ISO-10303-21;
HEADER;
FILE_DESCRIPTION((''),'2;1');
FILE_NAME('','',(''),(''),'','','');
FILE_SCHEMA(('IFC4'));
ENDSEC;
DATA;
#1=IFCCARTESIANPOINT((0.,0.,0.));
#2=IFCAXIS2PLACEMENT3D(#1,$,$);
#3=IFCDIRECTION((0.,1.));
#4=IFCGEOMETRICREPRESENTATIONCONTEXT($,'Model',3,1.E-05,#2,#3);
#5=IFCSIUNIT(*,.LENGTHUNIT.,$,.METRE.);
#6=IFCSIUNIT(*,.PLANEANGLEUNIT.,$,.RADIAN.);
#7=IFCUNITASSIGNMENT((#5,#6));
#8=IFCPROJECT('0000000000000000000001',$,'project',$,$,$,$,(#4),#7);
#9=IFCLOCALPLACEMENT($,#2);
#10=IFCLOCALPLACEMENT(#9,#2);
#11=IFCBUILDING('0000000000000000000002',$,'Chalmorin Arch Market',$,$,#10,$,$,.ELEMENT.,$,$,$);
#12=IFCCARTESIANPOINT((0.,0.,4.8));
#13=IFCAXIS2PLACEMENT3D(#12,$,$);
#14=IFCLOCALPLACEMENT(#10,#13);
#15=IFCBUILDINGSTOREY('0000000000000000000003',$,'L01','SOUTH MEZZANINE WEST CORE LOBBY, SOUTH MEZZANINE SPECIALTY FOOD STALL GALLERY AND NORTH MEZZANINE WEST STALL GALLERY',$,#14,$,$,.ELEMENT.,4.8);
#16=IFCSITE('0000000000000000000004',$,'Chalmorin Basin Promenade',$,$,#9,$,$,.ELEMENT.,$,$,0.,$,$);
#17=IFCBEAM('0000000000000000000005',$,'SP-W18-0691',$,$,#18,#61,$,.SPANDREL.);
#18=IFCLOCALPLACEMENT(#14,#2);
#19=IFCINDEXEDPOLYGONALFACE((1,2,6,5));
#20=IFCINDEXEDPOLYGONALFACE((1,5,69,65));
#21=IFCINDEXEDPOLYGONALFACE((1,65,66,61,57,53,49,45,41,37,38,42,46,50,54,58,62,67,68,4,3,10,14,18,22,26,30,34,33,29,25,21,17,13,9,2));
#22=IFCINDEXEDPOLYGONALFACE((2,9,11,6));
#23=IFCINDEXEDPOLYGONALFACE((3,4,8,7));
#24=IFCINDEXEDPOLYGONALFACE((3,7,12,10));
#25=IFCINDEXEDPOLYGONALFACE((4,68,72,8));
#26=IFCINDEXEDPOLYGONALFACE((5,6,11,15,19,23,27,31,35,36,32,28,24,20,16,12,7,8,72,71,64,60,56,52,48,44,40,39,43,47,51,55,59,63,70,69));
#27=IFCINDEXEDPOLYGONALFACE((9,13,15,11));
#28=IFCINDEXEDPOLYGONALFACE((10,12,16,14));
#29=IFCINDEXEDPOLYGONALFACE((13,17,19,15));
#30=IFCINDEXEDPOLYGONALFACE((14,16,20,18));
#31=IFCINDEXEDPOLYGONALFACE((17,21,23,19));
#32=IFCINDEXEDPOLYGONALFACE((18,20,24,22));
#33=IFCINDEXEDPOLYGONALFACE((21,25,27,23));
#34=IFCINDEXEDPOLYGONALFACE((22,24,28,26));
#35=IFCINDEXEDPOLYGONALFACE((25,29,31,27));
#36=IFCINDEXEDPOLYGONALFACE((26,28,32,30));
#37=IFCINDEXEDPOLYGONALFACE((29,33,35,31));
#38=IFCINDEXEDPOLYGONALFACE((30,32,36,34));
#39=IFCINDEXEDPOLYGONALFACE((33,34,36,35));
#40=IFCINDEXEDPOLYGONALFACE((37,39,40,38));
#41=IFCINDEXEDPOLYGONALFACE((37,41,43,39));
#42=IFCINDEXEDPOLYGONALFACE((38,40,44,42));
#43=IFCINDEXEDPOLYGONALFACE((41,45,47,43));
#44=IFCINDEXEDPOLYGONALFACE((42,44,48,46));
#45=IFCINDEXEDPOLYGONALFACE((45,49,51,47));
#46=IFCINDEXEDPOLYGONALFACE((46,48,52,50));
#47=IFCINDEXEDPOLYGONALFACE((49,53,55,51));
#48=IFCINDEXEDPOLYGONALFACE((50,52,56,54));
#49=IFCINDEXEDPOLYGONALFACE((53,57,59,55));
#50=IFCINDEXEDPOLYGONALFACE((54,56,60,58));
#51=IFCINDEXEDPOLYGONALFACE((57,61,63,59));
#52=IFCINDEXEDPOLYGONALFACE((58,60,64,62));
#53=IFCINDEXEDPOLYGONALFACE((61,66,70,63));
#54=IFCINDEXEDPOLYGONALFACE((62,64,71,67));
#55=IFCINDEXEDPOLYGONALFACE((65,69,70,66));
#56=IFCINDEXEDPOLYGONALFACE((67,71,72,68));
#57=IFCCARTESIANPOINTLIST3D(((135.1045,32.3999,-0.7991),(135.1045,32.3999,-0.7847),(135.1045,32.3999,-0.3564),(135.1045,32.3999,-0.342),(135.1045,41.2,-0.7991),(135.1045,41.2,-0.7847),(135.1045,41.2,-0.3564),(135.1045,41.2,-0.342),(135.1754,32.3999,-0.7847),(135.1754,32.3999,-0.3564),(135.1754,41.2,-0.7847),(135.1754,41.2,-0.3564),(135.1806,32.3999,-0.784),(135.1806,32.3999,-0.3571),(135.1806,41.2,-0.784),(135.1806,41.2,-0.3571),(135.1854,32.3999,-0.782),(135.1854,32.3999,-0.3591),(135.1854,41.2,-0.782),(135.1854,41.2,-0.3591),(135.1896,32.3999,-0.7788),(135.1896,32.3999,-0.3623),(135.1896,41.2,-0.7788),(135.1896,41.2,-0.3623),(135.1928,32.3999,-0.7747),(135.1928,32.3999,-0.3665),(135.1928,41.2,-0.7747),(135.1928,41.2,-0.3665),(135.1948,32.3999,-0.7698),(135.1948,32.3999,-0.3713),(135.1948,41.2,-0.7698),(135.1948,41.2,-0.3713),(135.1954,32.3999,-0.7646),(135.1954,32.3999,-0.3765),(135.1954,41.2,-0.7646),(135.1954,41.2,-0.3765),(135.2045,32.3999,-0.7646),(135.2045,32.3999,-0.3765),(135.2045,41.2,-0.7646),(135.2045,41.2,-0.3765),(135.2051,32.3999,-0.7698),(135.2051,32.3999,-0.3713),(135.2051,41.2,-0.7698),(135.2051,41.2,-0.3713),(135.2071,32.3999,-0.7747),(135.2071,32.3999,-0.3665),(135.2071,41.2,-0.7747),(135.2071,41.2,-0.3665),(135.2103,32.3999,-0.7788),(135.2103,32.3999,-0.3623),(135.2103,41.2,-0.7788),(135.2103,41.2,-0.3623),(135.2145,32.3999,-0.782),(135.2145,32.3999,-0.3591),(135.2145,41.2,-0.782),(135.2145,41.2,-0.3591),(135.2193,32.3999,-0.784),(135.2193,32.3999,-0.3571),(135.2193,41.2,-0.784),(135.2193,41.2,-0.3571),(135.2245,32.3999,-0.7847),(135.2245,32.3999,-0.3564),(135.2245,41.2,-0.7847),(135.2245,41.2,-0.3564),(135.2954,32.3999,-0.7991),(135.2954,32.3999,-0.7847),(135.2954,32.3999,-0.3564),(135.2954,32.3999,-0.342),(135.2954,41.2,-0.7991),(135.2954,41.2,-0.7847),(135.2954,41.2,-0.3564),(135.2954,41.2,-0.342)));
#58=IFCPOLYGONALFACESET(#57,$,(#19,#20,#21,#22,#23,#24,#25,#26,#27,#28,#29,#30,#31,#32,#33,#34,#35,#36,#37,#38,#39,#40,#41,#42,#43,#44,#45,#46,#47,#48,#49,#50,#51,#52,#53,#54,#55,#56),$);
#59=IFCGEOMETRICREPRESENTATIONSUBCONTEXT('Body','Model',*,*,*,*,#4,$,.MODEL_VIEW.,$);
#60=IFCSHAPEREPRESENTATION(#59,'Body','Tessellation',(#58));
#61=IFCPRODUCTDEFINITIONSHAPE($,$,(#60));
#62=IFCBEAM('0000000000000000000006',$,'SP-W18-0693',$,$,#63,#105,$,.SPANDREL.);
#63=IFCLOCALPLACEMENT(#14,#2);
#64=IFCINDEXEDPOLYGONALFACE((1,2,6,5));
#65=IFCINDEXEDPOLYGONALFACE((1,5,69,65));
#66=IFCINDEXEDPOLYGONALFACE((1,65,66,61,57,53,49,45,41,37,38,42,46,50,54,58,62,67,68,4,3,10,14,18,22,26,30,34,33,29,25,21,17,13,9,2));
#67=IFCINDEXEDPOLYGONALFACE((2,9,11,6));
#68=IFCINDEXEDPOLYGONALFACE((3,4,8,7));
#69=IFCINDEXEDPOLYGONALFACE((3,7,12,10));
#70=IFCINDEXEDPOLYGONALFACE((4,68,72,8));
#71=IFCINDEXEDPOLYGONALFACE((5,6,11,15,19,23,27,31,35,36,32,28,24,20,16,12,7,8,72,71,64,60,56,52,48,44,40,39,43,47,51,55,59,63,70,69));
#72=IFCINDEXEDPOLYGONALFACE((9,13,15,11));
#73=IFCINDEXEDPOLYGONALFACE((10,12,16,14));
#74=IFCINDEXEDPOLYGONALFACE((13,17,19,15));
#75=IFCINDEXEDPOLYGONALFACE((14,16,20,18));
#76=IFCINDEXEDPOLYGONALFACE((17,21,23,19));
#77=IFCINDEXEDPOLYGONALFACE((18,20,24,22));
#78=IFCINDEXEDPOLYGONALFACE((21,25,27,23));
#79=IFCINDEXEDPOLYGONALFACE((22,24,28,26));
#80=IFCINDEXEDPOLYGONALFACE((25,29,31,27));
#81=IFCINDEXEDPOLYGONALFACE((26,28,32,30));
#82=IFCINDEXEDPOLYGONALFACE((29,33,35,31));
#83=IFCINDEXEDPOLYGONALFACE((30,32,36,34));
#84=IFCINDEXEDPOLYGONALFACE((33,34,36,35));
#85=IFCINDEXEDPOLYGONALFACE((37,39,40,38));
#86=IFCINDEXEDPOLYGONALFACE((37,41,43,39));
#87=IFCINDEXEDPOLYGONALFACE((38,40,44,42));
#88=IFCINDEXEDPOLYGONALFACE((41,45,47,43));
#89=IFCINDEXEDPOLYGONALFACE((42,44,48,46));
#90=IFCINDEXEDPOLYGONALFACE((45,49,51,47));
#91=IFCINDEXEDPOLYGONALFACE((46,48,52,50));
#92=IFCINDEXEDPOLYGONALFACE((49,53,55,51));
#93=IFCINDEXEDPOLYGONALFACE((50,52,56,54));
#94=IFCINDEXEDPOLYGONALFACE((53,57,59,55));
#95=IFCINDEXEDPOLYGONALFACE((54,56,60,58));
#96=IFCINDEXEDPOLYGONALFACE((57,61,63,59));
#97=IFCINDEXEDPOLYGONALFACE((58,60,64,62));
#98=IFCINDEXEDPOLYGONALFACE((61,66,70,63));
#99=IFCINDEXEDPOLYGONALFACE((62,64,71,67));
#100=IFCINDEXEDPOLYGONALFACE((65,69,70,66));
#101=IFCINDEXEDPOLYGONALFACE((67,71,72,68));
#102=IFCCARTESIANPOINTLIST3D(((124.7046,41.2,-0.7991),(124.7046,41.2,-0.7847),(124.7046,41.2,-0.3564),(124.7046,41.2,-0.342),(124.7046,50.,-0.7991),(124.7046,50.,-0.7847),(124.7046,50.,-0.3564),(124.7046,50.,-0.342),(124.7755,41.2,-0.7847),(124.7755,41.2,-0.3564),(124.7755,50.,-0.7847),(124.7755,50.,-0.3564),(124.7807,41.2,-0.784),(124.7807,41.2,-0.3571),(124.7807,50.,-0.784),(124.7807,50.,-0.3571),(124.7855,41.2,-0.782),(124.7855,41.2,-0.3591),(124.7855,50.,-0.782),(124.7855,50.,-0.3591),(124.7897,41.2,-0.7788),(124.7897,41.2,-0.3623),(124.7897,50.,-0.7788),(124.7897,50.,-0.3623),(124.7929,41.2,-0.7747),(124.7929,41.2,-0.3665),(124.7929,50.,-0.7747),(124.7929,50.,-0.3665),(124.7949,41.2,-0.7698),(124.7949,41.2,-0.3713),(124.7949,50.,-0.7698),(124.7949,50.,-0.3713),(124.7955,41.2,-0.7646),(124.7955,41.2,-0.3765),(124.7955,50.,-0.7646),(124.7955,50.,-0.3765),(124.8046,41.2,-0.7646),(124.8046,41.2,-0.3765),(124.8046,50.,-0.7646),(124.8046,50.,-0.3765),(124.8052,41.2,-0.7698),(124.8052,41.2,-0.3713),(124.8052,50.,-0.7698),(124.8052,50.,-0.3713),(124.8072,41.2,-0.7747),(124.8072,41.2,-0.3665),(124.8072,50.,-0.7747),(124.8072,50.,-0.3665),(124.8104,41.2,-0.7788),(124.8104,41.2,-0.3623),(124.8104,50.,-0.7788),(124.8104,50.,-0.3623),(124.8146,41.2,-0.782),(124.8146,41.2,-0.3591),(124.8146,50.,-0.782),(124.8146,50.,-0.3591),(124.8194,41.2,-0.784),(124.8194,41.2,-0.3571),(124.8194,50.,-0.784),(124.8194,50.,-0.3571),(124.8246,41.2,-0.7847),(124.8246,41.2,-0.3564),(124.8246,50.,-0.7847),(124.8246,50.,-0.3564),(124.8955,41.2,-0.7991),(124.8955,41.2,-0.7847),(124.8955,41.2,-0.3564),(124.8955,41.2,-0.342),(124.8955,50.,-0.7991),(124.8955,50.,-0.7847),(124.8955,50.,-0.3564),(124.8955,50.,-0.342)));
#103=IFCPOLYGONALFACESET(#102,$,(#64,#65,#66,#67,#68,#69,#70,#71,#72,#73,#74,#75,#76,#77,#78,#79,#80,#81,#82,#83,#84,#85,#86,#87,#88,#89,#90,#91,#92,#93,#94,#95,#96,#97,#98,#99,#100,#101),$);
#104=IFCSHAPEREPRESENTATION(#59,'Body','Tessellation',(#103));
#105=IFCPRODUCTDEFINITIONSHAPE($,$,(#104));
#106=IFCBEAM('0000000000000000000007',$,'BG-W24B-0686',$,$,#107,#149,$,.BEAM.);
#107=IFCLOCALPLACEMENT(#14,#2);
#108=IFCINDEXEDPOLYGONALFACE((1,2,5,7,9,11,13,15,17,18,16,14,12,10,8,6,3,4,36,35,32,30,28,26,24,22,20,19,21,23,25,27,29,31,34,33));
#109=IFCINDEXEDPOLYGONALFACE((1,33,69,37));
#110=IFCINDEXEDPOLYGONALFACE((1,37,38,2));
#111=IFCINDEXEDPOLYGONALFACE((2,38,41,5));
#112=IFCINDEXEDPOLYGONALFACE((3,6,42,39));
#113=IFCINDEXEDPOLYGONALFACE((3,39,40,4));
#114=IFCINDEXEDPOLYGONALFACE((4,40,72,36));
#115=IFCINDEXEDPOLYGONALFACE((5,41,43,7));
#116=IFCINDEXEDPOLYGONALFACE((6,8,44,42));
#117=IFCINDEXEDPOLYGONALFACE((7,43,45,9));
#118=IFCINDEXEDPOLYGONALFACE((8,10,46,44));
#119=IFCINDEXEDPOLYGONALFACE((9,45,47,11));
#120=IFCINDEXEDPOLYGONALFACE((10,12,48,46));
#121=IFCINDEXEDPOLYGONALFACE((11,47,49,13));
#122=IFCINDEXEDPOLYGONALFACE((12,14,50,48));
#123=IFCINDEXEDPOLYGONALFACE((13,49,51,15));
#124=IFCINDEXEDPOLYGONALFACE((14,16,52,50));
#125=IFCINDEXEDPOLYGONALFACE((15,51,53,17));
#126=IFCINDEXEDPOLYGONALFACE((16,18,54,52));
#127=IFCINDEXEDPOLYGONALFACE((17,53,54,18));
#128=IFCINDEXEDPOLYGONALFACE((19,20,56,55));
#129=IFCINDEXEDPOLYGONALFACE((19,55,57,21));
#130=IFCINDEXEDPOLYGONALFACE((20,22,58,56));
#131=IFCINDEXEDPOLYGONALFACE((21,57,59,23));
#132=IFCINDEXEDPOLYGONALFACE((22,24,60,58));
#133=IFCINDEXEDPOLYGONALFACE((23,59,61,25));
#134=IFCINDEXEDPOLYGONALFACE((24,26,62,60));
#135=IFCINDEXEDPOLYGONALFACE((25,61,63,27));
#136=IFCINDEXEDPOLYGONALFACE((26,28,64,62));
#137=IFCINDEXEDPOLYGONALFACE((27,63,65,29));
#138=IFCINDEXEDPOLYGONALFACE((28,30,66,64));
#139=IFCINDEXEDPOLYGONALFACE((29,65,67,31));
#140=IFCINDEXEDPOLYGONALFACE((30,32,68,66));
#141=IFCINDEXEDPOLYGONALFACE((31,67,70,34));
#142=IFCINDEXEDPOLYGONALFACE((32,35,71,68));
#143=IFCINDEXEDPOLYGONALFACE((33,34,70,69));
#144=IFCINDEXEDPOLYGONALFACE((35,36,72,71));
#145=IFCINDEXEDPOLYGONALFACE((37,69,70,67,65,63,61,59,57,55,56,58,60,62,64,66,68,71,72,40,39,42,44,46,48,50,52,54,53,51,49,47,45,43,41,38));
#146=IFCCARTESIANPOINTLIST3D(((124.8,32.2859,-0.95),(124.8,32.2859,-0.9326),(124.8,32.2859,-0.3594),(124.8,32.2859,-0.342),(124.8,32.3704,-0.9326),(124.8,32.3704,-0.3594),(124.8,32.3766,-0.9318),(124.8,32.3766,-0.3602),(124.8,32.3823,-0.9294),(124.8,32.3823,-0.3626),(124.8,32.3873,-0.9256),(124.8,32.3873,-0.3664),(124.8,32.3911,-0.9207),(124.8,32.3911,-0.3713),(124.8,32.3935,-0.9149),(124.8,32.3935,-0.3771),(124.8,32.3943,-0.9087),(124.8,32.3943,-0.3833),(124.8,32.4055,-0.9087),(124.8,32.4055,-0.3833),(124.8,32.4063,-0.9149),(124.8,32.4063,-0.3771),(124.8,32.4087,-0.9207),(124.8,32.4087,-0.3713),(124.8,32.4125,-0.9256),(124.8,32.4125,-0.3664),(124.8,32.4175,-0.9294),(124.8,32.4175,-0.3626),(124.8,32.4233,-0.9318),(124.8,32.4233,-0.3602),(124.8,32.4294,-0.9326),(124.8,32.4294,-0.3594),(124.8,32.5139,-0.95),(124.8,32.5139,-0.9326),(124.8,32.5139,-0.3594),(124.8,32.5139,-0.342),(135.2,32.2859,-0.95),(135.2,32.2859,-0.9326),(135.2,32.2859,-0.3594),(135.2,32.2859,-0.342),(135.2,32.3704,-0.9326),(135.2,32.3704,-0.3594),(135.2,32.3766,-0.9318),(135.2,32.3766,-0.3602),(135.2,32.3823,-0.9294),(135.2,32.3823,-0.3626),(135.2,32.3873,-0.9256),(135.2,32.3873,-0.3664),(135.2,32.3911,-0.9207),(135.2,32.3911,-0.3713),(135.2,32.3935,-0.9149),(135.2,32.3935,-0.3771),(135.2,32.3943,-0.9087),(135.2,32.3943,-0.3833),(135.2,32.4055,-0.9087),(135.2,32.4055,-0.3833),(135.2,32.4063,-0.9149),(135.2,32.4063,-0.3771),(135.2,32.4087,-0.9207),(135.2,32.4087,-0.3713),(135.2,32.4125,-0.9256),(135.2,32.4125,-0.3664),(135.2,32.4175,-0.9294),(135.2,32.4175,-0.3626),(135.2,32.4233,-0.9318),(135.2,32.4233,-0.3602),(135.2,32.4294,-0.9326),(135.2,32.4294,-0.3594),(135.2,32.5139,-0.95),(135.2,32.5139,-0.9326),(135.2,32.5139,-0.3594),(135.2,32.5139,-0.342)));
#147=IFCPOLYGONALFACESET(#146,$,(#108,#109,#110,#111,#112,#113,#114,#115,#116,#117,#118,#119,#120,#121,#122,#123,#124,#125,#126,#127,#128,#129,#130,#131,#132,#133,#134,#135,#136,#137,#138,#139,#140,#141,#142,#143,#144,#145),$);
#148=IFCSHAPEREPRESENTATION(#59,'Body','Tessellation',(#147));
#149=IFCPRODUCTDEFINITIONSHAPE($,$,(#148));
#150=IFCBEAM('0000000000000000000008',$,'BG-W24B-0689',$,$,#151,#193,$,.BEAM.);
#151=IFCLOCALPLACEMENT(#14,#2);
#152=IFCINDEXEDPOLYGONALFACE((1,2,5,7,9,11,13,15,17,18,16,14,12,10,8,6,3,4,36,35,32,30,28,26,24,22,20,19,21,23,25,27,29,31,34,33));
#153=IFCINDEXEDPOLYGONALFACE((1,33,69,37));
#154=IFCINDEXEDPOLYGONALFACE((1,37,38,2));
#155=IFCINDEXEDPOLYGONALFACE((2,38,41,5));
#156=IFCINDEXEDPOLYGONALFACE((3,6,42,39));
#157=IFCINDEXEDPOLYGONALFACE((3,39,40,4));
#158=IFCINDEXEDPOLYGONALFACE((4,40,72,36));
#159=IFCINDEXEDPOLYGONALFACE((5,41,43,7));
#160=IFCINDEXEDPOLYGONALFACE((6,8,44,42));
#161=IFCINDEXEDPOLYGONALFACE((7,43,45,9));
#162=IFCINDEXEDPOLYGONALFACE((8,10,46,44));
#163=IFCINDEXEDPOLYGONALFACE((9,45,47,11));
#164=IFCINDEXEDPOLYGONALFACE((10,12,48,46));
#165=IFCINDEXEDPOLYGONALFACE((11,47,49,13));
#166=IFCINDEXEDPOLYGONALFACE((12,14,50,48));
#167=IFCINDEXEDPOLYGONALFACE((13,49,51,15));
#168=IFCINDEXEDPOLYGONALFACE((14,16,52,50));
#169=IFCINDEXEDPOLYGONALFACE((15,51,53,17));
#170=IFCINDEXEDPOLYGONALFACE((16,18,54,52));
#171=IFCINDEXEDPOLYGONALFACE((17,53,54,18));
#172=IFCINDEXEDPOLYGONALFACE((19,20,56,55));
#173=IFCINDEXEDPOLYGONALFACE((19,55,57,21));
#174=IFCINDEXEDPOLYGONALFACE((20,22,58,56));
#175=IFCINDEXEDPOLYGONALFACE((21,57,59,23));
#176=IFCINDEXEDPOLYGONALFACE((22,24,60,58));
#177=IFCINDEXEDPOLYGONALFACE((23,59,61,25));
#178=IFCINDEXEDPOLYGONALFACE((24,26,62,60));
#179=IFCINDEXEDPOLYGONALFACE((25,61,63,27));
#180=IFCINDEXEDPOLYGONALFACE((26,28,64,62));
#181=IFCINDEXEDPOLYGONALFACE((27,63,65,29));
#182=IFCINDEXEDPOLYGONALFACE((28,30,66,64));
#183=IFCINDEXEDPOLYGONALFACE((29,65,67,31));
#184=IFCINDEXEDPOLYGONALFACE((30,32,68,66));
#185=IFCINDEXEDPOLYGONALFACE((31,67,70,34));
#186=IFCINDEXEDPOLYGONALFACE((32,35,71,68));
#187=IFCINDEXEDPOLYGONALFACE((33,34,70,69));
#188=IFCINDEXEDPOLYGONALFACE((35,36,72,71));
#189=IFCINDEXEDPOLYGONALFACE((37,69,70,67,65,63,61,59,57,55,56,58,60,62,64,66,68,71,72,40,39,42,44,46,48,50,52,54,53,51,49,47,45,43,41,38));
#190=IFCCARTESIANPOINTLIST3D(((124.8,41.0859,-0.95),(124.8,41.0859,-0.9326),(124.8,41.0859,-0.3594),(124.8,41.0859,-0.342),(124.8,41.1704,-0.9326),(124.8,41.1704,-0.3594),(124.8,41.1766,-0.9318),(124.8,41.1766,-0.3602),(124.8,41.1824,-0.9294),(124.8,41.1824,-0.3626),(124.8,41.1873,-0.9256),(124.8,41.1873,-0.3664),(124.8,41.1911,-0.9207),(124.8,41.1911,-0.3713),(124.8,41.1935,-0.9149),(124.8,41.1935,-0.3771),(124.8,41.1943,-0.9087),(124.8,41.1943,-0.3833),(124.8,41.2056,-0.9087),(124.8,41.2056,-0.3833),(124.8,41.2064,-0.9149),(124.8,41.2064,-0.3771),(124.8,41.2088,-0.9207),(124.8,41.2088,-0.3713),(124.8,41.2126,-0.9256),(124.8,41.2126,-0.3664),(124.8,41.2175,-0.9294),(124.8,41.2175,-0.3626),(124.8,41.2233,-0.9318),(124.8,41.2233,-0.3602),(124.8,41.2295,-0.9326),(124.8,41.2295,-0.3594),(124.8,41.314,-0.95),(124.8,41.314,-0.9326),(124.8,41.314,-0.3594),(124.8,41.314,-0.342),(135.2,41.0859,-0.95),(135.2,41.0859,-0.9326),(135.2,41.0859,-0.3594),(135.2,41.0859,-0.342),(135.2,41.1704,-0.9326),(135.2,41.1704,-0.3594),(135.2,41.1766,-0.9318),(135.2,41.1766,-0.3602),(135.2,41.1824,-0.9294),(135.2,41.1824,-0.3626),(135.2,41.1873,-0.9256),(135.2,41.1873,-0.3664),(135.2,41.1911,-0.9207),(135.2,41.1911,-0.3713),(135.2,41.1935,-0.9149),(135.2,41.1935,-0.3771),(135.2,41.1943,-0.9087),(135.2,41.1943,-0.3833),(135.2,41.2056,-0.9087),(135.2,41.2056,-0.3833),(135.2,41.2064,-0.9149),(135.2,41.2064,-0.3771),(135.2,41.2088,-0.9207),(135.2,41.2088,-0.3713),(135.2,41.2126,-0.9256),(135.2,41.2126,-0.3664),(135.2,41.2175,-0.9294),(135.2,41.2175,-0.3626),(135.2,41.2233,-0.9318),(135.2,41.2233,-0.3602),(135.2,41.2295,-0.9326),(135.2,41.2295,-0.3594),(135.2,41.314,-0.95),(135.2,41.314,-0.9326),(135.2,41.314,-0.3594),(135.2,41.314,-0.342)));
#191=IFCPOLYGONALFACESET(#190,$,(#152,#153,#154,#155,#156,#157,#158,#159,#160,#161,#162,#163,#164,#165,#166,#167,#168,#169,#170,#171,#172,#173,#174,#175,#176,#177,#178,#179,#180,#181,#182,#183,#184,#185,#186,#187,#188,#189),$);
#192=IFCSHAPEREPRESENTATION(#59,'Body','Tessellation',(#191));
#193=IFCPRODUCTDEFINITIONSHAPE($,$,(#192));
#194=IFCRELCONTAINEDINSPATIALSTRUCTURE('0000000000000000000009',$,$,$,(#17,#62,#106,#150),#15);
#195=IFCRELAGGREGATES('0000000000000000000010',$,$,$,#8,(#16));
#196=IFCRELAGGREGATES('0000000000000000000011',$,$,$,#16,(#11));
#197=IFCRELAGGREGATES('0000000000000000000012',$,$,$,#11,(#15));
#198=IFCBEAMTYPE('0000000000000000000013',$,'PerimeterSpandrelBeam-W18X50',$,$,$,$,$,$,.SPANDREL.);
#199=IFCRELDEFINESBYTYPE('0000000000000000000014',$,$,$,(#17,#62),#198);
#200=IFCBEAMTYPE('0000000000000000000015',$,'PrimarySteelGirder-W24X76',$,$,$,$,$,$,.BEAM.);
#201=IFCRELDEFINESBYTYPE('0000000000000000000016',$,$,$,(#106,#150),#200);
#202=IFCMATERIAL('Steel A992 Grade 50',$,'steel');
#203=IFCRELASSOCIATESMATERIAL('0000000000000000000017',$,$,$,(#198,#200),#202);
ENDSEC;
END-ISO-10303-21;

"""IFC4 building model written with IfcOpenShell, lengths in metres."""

from ifc_helpers import new_model, si_unit, direction, frame, origin, origin_2d, place, context, subcontext, project, spatial, i_section, extrude, material, material_profile, profile_set, type_object, element, save


model = new_model("IFC4")

# Units and contexts
model_context = context("Model", 3, precision=1e-05, world=origin(), true_north=direction((0.0, 1.0)))
body_context = subcontext(model_context, "Body", "Model", "MODEL_VIEW")
ifc_project = project(units=[si_unit("LENGTHUNIT", "METRE"), si_unit("PLANEANGLEUNIT", "RADIAN")], contexts=[model_context])

# Site, building, storey
site_placement = place(None, origin())
site = spatial("IfcSite", under=ifc_project, at=site_placement, Name="Chalmorin Basin Promenade", CompositionType="ELEMENT", RefElevation=0.0)
building_placement = place(site_placement, origin())
building = spatial("IfcBuilding", under=site, at=building_placement, Name="Chalmorin Arch Market", CompositionType="ELEMENT")
storey_placement = place(building_placement, frame((0.0, 0.0, 4.8)))
storey = spatial("IfcBuildingStorey", under=building, at=storey_placement, Name="L01", Description="SOUTH MEZZANINE WEST CORE LOBBY, SOUTH MEZZANINE SPECIALTY FOOD STALL GALLERY AND NORTH MEZZANINE WEST STALL GALLERY", CompositionType="ELEMENT", Elevation=4.8)

# Shared definitions
ifc_material_1 = material(Name="Steel A992 Grade 50", Category="steel")

# Beams
ifc_material_profile_1 = material_profile(ifc_material_1, i_section(OverallWidth=0.1909, OverallDepth=0.457, WebThickness=0.009, FlangeThickness=0.0144, FilletRadius=0.02, at=origin_2d()), Name="W18X50")
ifc_profile_set_1 = profile_set([ifc_material_profile_1], Name="Steel A992 Grade 50")
beam_type_1 = type_object("IfcBeamType", Name="PerimeterSpandrelBeam-W18X50", PredefinedType="SPANDREL", material=ifc_profile_set_1)
for number, where, z_axis, x_axis, name in (
    (1, (135.2, 32.3999, -0.5706), (0.0, 1.0, 0.0), (-1.0, 0.0, 0.0), "SP-W18-0691"),
    (2, (124.8, 41.2, -0.5706), (0.0, 1.0, 0.0), (-1.0, 0.0, 0.0), "SP-W18-0693"),
):
    element("IfcBeam", number, at=place(storey_placement, frame(where, z_axis=z_axis, x_axis=x_axis)), inside=storey, type_object=beam_type_1, Name=name, PredefinedType="SPANDREL", context=body_context, shape_type="SweptSolid", body=[
        extrude(i_section(OverallWidth=0.1909, OverallDepth=0.457, WebThickness=0.009, FlangeThickness=0.0144, FilletRadius=0.02, at=origin_2d()), origin(), (0.0, 0.0, 1.0), 8.8),
    ])
ifc_material_profile_2 = material_profile(ifc_material_1, i_section(OverallWidth=0.228, OverallDepth=0.6079, WebThickness=0.0112, FlangeThickness=0.0173, FilletRadius=0.0239, at=origin_2d()), Name="W24X76")
ifc_profile_set_2 = profile_set([ifc_material_profile_2], Name="Steel A992 Grade 50")
beam_type_2 = type_object("IfcBeamType", Name="PrimarySteelGirder-W24X76", PredefinedType="BEAM", material=ifc_profile_set_2)
for number, where, z_axis, x_axis, name in (
    (3, (124.8, 32.3999, -0.646), (1.0, 0.0, 0.0), (0.0, 1.0, 0.0), "BG-W24B-0686"),
    (4, (124.8, 41.2, -0.646), (1.0, 0.0, 0.0), (0.0, 1.0, 0.0), "BG-W24B-0689"),
):
    element("IfcBeam", number, at=place(storey_placement, frame(where, z_axis=z_axis, x_axis=x_axis)), inside=storey, type_object=beam_type_2, Name=name, PredefinedType="BEAM", context=body_context, shape_type="SweptSolid", body=[
        extrude(i_section(OverallWidth=0.228, OverallDepth=0.6079, WebThickness=0.0112, FlangeThickness=0.0173, FilletRadius=0.0239, at=origin_2d()), origin(), (0.0, 0.0, 1.0), 10.3999),
    ])

save(model, "model.ifc")
